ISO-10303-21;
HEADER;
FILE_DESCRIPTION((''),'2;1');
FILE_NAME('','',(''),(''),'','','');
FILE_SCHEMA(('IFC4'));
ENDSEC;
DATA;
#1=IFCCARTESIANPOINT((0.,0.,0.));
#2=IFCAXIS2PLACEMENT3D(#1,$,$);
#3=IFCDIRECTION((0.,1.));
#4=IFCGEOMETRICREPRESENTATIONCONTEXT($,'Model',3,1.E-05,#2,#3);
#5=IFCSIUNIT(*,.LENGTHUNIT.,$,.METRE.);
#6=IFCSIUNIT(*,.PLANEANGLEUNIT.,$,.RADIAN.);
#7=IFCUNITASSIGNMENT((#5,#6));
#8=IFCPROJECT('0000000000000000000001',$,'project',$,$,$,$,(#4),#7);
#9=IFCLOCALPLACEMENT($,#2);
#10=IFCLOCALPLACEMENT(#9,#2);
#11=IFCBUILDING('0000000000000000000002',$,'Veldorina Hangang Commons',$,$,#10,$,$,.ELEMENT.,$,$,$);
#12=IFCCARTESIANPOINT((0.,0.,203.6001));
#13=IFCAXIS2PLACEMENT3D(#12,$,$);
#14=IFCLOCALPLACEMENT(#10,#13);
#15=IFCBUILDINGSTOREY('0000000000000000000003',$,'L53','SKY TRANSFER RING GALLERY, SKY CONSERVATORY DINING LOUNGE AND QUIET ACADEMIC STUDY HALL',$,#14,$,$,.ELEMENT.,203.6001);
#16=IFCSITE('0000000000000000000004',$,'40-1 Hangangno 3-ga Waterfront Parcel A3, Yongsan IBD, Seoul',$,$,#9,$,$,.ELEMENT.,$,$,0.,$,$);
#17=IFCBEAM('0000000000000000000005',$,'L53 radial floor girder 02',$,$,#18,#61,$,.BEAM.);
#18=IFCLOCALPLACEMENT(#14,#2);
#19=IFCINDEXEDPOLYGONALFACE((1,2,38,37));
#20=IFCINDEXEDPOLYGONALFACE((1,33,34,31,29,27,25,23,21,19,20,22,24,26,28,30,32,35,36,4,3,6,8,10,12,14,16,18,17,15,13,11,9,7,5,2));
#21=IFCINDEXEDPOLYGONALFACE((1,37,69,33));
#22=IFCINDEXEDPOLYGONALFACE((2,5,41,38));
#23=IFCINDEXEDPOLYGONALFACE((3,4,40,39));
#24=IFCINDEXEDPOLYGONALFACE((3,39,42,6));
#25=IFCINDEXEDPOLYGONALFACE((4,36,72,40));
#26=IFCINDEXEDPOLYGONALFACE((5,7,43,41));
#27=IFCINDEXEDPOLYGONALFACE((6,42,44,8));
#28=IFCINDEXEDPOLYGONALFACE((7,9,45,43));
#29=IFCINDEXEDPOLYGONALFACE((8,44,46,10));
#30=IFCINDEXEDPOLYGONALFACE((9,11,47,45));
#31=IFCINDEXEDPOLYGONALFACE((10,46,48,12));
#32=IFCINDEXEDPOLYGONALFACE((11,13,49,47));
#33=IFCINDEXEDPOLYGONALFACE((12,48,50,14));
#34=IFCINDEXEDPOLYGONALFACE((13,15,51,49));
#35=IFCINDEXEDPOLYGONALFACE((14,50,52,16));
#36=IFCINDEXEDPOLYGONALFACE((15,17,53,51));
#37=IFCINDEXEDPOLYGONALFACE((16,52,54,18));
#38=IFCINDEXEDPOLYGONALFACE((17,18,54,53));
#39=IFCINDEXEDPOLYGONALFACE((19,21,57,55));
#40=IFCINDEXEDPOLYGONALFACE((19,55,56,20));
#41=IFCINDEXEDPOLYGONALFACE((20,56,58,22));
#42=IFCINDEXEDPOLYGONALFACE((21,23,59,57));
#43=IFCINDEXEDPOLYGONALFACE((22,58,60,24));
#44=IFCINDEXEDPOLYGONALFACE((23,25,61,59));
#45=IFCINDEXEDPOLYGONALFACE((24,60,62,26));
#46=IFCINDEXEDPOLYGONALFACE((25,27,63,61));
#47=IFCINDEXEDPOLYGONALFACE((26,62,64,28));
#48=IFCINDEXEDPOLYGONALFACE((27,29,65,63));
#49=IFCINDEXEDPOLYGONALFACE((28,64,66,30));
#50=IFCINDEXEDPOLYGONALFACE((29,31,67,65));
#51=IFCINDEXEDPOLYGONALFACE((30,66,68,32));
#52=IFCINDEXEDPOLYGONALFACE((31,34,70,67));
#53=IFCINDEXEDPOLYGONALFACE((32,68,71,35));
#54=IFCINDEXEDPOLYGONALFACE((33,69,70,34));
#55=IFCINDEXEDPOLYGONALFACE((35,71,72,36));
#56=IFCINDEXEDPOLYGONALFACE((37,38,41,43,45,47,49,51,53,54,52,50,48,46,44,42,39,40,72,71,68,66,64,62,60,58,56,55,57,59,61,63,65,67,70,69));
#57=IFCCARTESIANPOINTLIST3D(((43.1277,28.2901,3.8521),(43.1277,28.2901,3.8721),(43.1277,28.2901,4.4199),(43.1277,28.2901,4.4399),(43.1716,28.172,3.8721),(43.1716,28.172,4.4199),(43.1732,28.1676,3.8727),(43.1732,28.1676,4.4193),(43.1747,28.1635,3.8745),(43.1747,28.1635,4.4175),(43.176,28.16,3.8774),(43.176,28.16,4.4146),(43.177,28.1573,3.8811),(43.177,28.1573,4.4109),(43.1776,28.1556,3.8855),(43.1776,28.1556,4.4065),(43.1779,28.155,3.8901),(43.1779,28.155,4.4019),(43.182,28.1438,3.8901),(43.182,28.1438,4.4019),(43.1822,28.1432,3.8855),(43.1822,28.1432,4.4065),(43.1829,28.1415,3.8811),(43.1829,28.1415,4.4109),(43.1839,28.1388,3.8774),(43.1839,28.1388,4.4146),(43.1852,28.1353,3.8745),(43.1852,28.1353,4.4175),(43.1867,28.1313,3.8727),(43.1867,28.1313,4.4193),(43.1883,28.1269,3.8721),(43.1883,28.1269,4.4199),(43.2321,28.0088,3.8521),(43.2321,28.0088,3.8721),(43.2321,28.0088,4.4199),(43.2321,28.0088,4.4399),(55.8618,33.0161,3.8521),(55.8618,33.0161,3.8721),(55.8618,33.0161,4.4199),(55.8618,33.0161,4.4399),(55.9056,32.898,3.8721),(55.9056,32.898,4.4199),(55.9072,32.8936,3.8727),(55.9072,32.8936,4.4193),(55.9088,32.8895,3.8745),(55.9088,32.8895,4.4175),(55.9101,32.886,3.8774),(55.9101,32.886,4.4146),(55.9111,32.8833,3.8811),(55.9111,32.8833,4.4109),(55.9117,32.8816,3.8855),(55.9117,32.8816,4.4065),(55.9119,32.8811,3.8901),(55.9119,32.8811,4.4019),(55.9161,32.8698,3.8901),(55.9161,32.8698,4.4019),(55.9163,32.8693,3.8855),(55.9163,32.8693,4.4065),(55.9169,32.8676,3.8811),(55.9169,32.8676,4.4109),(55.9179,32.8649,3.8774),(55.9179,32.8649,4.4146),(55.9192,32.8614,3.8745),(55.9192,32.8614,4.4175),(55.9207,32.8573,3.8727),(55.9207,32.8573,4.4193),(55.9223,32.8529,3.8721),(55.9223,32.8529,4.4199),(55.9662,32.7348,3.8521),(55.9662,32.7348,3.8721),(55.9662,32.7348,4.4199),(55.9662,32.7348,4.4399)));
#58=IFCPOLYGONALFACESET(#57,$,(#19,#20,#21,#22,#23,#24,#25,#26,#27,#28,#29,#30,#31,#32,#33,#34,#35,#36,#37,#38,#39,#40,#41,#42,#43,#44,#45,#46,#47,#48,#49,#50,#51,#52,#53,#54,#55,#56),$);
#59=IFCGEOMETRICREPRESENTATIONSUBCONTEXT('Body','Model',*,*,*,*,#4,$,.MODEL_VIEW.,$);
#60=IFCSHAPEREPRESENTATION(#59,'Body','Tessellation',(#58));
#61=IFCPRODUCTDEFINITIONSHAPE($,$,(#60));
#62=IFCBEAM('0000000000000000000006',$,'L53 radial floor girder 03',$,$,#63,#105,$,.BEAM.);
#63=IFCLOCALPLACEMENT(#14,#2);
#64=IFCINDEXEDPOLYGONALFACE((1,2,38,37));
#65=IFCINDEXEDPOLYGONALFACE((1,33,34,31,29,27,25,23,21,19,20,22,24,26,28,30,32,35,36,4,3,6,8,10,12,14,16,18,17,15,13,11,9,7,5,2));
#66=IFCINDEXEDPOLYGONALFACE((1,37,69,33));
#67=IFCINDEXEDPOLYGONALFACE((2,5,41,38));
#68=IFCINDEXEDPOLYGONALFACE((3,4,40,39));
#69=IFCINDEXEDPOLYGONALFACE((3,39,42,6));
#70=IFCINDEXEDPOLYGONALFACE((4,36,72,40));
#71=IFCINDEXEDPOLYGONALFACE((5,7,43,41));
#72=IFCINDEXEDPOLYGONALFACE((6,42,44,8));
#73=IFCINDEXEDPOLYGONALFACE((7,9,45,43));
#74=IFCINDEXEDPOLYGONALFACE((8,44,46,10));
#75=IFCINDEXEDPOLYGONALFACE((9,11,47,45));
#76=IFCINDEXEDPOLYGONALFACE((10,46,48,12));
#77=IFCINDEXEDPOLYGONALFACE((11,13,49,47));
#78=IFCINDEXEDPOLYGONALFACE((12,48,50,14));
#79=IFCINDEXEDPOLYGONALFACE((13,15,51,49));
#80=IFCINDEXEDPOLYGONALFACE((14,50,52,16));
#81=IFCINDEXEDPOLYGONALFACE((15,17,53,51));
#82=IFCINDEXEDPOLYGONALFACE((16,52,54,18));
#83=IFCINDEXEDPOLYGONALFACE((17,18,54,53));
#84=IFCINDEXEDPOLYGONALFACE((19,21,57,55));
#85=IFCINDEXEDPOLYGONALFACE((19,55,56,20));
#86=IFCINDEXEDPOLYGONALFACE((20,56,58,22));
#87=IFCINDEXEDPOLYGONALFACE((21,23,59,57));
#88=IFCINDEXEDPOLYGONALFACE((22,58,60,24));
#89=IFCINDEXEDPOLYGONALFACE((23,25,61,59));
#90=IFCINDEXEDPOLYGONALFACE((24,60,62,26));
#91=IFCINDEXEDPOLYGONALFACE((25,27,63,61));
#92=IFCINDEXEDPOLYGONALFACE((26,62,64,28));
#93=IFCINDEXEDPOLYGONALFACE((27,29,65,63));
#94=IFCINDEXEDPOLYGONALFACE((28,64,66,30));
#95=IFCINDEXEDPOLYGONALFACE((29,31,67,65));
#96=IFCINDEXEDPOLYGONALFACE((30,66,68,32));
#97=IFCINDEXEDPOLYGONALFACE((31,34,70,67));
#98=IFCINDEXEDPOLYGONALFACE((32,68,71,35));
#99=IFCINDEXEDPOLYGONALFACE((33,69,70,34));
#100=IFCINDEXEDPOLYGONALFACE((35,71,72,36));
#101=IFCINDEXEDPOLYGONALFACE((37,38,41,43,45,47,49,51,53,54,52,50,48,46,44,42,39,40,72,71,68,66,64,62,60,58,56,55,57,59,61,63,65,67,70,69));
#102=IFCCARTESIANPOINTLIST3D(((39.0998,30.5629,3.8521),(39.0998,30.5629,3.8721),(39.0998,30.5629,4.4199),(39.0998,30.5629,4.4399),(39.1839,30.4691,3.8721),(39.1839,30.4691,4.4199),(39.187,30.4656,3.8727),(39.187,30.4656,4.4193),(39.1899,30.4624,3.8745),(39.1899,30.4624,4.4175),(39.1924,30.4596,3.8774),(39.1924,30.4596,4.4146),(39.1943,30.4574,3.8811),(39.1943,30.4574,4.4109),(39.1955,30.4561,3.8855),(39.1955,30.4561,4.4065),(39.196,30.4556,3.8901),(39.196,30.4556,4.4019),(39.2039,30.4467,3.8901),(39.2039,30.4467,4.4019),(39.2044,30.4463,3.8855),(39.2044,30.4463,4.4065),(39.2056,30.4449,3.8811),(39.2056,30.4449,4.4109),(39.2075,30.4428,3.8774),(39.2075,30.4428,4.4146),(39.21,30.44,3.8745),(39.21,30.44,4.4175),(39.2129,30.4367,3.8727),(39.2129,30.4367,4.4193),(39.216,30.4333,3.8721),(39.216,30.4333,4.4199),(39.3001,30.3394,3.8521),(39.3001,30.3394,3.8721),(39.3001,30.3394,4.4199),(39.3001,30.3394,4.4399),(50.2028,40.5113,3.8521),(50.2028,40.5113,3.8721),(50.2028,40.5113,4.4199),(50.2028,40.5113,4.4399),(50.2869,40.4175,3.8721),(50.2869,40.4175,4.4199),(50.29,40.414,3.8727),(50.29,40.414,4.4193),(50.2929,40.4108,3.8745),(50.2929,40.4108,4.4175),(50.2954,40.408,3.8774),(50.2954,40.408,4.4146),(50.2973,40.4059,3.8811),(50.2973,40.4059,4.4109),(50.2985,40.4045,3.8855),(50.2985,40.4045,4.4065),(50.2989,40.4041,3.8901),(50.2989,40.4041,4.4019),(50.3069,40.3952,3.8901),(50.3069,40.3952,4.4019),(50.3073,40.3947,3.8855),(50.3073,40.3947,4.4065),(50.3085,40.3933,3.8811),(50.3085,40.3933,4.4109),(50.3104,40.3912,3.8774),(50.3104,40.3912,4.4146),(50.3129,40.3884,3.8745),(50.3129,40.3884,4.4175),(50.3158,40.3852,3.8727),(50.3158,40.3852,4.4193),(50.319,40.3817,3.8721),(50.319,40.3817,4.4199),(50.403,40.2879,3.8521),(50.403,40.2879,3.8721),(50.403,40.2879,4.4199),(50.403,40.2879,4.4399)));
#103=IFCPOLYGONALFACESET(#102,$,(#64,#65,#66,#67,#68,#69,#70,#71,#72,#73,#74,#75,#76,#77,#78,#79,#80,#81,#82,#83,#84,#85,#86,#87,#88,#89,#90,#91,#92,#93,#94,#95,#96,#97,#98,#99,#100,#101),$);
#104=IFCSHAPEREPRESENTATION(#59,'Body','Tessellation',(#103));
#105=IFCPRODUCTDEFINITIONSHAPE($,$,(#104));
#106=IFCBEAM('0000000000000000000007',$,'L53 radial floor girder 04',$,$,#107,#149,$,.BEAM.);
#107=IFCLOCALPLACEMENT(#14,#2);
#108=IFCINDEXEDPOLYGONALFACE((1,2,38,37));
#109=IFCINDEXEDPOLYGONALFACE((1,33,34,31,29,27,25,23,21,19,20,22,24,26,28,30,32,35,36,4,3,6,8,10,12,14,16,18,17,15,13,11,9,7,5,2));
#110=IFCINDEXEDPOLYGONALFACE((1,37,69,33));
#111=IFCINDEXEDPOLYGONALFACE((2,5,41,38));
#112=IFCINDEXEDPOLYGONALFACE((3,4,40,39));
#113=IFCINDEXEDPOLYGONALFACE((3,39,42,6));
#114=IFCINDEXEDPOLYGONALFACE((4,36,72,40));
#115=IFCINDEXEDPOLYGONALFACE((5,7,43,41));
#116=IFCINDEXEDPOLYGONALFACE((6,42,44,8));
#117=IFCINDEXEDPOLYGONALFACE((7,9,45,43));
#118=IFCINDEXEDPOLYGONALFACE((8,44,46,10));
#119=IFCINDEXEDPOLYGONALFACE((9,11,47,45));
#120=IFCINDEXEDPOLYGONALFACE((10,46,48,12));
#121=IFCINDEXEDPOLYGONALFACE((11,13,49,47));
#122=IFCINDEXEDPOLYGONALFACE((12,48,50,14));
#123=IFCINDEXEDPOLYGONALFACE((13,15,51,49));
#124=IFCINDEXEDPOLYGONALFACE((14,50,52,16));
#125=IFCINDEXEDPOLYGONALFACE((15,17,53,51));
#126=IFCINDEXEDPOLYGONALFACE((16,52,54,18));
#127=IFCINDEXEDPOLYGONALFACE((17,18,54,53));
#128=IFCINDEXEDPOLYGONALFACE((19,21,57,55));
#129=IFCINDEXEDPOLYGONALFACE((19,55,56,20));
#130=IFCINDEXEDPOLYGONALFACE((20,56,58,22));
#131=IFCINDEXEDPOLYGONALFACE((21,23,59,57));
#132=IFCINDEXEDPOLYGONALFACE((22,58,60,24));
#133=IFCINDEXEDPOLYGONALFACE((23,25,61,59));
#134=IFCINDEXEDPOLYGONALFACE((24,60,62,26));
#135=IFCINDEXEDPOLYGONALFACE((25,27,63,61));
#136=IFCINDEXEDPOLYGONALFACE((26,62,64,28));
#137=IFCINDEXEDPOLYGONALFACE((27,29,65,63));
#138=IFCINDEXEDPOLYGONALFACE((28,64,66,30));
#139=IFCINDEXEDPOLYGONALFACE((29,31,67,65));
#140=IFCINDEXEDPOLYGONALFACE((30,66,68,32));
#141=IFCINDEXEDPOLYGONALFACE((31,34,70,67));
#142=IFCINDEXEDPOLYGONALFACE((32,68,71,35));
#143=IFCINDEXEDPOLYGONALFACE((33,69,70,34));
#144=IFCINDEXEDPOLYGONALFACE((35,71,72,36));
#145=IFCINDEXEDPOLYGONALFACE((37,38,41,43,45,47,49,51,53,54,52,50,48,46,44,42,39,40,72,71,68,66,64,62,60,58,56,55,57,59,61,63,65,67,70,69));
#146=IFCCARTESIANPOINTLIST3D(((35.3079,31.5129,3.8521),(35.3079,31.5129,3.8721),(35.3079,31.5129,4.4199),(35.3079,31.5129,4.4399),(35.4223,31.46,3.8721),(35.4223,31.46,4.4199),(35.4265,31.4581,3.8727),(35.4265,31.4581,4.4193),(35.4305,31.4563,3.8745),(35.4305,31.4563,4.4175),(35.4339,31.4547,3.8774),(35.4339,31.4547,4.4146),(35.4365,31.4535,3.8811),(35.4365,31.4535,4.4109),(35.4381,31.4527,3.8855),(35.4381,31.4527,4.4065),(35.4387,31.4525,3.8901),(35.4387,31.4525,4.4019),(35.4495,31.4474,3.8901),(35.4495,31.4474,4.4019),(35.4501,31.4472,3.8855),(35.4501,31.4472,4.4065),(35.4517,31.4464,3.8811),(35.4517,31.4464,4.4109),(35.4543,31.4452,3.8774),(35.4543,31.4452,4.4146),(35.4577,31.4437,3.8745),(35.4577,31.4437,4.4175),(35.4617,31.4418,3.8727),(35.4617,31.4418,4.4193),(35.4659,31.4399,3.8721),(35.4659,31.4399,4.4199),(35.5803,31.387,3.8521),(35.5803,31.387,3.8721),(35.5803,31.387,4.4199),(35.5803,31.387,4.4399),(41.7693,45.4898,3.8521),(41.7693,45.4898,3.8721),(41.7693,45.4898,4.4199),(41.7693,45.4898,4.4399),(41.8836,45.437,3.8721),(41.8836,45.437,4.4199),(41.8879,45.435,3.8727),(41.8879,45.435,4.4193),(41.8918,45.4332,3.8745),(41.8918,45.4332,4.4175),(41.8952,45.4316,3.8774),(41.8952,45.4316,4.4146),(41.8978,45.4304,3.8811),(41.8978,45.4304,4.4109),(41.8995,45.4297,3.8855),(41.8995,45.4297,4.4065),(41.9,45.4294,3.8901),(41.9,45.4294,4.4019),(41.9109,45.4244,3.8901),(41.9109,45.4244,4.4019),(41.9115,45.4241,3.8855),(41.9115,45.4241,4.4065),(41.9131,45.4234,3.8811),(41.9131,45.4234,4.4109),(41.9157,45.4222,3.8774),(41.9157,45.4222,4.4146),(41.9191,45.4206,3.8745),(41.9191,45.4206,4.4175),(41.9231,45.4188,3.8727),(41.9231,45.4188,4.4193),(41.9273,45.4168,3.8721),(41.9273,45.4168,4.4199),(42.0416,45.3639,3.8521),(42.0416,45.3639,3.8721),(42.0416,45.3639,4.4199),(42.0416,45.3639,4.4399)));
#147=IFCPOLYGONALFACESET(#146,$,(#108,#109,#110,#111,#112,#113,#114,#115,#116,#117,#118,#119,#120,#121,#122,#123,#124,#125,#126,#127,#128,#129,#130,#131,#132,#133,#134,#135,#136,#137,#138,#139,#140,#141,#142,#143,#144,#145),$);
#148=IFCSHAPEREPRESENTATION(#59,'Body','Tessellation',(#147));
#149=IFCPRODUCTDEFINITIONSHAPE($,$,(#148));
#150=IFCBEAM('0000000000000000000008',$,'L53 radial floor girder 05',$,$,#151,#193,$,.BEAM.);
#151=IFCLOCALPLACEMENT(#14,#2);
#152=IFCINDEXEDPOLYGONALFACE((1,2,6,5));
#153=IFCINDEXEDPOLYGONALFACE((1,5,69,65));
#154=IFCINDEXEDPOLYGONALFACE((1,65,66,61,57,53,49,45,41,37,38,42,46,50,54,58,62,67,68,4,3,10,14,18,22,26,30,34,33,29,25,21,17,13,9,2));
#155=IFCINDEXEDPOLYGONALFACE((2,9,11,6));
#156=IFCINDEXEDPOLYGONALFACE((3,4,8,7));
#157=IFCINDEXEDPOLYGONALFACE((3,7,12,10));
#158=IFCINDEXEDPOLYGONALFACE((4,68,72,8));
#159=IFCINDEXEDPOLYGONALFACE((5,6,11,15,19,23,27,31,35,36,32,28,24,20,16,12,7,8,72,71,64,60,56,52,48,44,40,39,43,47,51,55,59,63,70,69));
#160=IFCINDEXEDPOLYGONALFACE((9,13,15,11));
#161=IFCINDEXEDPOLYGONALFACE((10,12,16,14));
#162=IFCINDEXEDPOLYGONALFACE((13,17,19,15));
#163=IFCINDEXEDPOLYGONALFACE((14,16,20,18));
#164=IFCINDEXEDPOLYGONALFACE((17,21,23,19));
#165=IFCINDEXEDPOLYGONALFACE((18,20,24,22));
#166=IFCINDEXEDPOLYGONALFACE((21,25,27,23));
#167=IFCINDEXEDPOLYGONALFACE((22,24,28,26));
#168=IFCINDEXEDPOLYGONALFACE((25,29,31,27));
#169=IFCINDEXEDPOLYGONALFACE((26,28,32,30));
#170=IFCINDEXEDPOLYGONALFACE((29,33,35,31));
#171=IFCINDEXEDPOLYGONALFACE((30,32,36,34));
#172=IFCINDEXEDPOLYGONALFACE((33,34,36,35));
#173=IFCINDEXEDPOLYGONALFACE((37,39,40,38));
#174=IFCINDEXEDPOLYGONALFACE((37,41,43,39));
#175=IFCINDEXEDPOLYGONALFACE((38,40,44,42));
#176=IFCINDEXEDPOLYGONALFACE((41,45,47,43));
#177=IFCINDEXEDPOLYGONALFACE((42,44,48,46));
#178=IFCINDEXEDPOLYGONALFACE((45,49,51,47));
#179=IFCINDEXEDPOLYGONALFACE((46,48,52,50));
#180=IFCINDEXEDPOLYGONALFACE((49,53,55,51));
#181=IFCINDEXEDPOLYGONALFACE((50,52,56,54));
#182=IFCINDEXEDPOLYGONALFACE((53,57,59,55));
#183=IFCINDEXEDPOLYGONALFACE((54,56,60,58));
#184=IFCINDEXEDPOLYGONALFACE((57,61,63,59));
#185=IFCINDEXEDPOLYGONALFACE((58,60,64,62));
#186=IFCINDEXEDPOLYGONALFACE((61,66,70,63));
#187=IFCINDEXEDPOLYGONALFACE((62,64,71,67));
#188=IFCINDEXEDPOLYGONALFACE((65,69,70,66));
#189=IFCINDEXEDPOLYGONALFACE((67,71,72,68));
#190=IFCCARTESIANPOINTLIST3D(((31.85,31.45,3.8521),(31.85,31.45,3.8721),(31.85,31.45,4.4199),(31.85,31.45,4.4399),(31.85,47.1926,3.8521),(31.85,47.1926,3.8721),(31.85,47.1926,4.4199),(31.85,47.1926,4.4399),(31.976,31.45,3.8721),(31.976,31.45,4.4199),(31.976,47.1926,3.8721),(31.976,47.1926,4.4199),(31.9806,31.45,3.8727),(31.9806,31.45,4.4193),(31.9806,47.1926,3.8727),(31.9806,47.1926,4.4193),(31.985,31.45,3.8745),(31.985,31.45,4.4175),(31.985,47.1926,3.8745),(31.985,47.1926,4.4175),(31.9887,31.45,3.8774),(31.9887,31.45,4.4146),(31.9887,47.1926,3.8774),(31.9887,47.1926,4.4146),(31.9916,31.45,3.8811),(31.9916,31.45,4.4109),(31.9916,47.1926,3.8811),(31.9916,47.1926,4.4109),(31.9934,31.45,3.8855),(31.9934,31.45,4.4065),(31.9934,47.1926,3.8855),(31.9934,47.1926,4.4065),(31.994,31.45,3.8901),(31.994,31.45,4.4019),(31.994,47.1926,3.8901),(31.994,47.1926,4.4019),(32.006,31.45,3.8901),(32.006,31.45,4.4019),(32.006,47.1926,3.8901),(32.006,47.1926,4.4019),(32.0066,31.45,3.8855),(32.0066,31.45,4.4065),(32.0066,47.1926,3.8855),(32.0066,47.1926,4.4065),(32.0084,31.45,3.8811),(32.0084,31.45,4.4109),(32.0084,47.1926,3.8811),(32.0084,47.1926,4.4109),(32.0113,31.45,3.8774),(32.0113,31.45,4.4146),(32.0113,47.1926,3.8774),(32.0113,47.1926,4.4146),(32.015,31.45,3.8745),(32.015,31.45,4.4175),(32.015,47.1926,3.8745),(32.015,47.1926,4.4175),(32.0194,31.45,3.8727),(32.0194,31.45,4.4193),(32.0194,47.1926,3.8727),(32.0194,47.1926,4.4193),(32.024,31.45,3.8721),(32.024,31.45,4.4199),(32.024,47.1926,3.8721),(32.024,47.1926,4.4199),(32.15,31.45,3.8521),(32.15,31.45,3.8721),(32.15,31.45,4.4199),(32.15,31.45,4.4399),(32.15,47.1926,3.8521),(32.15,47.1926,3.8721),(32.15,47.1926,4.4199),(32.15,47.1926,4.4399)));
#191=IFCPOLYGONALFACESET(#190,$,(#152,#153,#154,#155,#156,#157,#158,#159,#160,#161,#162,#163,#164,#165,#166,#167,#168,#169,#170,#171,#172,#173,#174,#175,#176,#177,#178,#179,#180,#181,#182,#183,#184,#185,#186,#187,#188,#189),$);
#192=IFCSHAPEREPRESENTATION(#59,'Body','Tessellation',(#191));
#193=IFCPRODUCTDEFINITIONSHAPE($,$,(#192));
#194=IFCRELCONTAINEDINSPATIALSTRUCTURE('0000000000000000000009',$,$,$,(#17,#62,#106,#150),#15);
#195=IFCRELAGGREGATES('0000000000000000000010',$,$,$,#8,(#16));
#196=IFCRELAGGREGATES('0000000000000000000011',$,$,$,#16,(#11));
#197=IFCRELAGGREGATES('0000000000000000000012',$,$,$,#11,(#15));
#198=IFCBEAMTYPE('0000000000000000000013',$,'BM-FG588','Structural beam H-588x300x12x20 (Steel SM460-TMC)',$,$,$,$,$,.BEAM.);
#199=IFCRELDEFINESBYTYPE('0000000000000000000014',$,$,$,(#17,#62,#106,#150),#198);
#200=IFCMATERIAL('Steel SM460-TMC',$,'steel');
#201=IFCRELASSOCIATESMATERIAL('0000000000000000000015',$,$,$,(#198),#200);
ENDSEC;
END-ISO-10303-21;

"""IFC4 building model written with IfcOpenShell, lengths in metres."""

from ifc_helpers import new_model, si_unit, direction, frame, origin, origin_2d, place, context, subcontext, project, spatial, i_section, extrude, material, material_profile, profile_set, type_object, element, save


model = new_model("IFC4")

# Units and contexts
model_context = context("Model", 3, precision=1e-05, world=origin(), true_north=direction((0.0, 1.0)))
body_context = subcontext(model_context, "Body", "Model", "MODEL_VIEW")
ifc_project = project(units=[si_unit("LENGTHUNIT", "METRE"), si_unit("PLANEANGLEUNIT", "RADIAN")], contexts=[model_context])

# Site, building, storey
site_placement = place(None, origin())
site = spatial("IfcSite", under=ifc_project, at=site_placement, Name="40-1 Hangangno 3-ga Waterfront Parcel A3, Yongsan IBD, Seoul", CompositionType="ELEMENT", RefElevation=0.0)
building_placement = place(site_placement, origin())
building = spatial("IfcBuilding", under=site, at=building_placement, Name="Veldorina Hangang Commons", CompositionType="ELEMENT")
storey_placement = place(building_placement, frame((0.0, 0.0, 203.6001)))
storey = spatial("IfcBuildingStorey", under=building, at=storey_placement, Name="L53", Description="SKY TRANSFER RING GALLERY, SKY CONSERVATORY DINING LOUNGE AND QUIET ACADEMIC STUDY HALL", CompositionType="ELEMENT", Elevation=203.6001)

# Beams
ifc_material_1 = material(Name="Steel SM460-TMC", Category="steel")
ifc_material_profile = material_profile(ifc_material_1, i_section(OverallWidth=0.3, OverallDepth=0.5879, WebThickness=0.012, FlangeThickness=0.02, FilletRadius=0.0181, at=origin_2d()), Name="H-588x300x12x20")
ifc_profile_set = profile_set([ifc_material_profile], Name="Steel SM460-TMC")
beam_type = type_object("IfcBeamType", Name="BM-FG588", Description="Structural beam H-588x300x12x20 (Steel SM460-TMC)", PredefinedType="BEAM", material=ifc_profile_set)
beam_1_placement = place(storey_placement, frame((43.1799, 28.1494, 4.146), z_axis=(0.937515, 0.347944, 0.0), x_axis=(-0.347944, 0.937515, 0.0)))
element("IfcBeam", 1, at=beam_1_placement, inside=storey, type_object=beam_type, Name="L53 radial floor girder 02", PredefinedType="BEAM", context=body_context, shape_type="SweptSolid", body=[
    extrude(i_section(OverallWidth=0.3, OverallDepth=0.5879, WebThickness=0.012, FlangeThickness=0.02, FilletRadius=0.0181, at=origin_2d()), origin(), (0.0, 0.0, 1.0), 13.5828),
])
beam_2_placement = place(storey_placement, frame((39.2, 30.4512, 4.146), z_axis=(0.744768, 0.667324, 0.0), x_axis=(-0.667324, 0.744768, 0.0)))
element("IfcBeam", 2, at=beam_2_placement, inside=storey, type_object=beam_type, Name="L53 radial floor girder 03", PredefinedType="BEAM", context=body_context, shape_type="SweptSolid", body=[
    extrude(i_section(OverallWidth=0.3, OverallDepth=0.5879, WebThickness=0.012, FlangeThickness=0.02, FilletRadius=0.0181, at=origin_2d()), origin(), (0.0, 0.0, 1.0), 14.908),
])
beam_3_placement = place(storey_placement, frame((35.4441, 31.45, 4.146), z_axis=(0.419619, 0.9077, 0.0), x_axis=(-0.9077, 0.419619, 0.0)))
element("IfcBeam", 3, at=beam_3_placement, inside=storey, type_object=beam_type, Name="L53 radial floor girder 04", PredefinedType="BEAM", context=body_context, shape_type="SweptSolid", body=[
    extrude(i_section(OverallWidth=0.3, OverallDepth=0.5879, WebThickness=0.012, FlangeThickness=0.02, FilletRadius=0.0181, at=origin_2d()), origin(), (0.0, 0.0, 1.0), 15.3982),
])
beam_4_placement = place(storey_placement, frame((32.0, 31.45, 4.146), z_axis=(0.0, 1.0, 0.0), x_axis=(-1.0, 0.0, 0.0)))
element("IfcBeam", 4, at=beam_4_placement, inside=storey, type_object=beam_type, Name="L53 radial floor girder 05", PredefinedType="BEAM", context=body_context, shape_type="SweptSolid", body=[
    extrude(i_section(OverallWidth=0.3, OverallDepth=0.5879, WebThickness=0.012, FlangeThickness=0.02, FilletRadius=0.0181, at=origin_2d()), origin(), (0.0, 0.0, 1.0), 15.7427),
])

save(model, "model.ifc")
